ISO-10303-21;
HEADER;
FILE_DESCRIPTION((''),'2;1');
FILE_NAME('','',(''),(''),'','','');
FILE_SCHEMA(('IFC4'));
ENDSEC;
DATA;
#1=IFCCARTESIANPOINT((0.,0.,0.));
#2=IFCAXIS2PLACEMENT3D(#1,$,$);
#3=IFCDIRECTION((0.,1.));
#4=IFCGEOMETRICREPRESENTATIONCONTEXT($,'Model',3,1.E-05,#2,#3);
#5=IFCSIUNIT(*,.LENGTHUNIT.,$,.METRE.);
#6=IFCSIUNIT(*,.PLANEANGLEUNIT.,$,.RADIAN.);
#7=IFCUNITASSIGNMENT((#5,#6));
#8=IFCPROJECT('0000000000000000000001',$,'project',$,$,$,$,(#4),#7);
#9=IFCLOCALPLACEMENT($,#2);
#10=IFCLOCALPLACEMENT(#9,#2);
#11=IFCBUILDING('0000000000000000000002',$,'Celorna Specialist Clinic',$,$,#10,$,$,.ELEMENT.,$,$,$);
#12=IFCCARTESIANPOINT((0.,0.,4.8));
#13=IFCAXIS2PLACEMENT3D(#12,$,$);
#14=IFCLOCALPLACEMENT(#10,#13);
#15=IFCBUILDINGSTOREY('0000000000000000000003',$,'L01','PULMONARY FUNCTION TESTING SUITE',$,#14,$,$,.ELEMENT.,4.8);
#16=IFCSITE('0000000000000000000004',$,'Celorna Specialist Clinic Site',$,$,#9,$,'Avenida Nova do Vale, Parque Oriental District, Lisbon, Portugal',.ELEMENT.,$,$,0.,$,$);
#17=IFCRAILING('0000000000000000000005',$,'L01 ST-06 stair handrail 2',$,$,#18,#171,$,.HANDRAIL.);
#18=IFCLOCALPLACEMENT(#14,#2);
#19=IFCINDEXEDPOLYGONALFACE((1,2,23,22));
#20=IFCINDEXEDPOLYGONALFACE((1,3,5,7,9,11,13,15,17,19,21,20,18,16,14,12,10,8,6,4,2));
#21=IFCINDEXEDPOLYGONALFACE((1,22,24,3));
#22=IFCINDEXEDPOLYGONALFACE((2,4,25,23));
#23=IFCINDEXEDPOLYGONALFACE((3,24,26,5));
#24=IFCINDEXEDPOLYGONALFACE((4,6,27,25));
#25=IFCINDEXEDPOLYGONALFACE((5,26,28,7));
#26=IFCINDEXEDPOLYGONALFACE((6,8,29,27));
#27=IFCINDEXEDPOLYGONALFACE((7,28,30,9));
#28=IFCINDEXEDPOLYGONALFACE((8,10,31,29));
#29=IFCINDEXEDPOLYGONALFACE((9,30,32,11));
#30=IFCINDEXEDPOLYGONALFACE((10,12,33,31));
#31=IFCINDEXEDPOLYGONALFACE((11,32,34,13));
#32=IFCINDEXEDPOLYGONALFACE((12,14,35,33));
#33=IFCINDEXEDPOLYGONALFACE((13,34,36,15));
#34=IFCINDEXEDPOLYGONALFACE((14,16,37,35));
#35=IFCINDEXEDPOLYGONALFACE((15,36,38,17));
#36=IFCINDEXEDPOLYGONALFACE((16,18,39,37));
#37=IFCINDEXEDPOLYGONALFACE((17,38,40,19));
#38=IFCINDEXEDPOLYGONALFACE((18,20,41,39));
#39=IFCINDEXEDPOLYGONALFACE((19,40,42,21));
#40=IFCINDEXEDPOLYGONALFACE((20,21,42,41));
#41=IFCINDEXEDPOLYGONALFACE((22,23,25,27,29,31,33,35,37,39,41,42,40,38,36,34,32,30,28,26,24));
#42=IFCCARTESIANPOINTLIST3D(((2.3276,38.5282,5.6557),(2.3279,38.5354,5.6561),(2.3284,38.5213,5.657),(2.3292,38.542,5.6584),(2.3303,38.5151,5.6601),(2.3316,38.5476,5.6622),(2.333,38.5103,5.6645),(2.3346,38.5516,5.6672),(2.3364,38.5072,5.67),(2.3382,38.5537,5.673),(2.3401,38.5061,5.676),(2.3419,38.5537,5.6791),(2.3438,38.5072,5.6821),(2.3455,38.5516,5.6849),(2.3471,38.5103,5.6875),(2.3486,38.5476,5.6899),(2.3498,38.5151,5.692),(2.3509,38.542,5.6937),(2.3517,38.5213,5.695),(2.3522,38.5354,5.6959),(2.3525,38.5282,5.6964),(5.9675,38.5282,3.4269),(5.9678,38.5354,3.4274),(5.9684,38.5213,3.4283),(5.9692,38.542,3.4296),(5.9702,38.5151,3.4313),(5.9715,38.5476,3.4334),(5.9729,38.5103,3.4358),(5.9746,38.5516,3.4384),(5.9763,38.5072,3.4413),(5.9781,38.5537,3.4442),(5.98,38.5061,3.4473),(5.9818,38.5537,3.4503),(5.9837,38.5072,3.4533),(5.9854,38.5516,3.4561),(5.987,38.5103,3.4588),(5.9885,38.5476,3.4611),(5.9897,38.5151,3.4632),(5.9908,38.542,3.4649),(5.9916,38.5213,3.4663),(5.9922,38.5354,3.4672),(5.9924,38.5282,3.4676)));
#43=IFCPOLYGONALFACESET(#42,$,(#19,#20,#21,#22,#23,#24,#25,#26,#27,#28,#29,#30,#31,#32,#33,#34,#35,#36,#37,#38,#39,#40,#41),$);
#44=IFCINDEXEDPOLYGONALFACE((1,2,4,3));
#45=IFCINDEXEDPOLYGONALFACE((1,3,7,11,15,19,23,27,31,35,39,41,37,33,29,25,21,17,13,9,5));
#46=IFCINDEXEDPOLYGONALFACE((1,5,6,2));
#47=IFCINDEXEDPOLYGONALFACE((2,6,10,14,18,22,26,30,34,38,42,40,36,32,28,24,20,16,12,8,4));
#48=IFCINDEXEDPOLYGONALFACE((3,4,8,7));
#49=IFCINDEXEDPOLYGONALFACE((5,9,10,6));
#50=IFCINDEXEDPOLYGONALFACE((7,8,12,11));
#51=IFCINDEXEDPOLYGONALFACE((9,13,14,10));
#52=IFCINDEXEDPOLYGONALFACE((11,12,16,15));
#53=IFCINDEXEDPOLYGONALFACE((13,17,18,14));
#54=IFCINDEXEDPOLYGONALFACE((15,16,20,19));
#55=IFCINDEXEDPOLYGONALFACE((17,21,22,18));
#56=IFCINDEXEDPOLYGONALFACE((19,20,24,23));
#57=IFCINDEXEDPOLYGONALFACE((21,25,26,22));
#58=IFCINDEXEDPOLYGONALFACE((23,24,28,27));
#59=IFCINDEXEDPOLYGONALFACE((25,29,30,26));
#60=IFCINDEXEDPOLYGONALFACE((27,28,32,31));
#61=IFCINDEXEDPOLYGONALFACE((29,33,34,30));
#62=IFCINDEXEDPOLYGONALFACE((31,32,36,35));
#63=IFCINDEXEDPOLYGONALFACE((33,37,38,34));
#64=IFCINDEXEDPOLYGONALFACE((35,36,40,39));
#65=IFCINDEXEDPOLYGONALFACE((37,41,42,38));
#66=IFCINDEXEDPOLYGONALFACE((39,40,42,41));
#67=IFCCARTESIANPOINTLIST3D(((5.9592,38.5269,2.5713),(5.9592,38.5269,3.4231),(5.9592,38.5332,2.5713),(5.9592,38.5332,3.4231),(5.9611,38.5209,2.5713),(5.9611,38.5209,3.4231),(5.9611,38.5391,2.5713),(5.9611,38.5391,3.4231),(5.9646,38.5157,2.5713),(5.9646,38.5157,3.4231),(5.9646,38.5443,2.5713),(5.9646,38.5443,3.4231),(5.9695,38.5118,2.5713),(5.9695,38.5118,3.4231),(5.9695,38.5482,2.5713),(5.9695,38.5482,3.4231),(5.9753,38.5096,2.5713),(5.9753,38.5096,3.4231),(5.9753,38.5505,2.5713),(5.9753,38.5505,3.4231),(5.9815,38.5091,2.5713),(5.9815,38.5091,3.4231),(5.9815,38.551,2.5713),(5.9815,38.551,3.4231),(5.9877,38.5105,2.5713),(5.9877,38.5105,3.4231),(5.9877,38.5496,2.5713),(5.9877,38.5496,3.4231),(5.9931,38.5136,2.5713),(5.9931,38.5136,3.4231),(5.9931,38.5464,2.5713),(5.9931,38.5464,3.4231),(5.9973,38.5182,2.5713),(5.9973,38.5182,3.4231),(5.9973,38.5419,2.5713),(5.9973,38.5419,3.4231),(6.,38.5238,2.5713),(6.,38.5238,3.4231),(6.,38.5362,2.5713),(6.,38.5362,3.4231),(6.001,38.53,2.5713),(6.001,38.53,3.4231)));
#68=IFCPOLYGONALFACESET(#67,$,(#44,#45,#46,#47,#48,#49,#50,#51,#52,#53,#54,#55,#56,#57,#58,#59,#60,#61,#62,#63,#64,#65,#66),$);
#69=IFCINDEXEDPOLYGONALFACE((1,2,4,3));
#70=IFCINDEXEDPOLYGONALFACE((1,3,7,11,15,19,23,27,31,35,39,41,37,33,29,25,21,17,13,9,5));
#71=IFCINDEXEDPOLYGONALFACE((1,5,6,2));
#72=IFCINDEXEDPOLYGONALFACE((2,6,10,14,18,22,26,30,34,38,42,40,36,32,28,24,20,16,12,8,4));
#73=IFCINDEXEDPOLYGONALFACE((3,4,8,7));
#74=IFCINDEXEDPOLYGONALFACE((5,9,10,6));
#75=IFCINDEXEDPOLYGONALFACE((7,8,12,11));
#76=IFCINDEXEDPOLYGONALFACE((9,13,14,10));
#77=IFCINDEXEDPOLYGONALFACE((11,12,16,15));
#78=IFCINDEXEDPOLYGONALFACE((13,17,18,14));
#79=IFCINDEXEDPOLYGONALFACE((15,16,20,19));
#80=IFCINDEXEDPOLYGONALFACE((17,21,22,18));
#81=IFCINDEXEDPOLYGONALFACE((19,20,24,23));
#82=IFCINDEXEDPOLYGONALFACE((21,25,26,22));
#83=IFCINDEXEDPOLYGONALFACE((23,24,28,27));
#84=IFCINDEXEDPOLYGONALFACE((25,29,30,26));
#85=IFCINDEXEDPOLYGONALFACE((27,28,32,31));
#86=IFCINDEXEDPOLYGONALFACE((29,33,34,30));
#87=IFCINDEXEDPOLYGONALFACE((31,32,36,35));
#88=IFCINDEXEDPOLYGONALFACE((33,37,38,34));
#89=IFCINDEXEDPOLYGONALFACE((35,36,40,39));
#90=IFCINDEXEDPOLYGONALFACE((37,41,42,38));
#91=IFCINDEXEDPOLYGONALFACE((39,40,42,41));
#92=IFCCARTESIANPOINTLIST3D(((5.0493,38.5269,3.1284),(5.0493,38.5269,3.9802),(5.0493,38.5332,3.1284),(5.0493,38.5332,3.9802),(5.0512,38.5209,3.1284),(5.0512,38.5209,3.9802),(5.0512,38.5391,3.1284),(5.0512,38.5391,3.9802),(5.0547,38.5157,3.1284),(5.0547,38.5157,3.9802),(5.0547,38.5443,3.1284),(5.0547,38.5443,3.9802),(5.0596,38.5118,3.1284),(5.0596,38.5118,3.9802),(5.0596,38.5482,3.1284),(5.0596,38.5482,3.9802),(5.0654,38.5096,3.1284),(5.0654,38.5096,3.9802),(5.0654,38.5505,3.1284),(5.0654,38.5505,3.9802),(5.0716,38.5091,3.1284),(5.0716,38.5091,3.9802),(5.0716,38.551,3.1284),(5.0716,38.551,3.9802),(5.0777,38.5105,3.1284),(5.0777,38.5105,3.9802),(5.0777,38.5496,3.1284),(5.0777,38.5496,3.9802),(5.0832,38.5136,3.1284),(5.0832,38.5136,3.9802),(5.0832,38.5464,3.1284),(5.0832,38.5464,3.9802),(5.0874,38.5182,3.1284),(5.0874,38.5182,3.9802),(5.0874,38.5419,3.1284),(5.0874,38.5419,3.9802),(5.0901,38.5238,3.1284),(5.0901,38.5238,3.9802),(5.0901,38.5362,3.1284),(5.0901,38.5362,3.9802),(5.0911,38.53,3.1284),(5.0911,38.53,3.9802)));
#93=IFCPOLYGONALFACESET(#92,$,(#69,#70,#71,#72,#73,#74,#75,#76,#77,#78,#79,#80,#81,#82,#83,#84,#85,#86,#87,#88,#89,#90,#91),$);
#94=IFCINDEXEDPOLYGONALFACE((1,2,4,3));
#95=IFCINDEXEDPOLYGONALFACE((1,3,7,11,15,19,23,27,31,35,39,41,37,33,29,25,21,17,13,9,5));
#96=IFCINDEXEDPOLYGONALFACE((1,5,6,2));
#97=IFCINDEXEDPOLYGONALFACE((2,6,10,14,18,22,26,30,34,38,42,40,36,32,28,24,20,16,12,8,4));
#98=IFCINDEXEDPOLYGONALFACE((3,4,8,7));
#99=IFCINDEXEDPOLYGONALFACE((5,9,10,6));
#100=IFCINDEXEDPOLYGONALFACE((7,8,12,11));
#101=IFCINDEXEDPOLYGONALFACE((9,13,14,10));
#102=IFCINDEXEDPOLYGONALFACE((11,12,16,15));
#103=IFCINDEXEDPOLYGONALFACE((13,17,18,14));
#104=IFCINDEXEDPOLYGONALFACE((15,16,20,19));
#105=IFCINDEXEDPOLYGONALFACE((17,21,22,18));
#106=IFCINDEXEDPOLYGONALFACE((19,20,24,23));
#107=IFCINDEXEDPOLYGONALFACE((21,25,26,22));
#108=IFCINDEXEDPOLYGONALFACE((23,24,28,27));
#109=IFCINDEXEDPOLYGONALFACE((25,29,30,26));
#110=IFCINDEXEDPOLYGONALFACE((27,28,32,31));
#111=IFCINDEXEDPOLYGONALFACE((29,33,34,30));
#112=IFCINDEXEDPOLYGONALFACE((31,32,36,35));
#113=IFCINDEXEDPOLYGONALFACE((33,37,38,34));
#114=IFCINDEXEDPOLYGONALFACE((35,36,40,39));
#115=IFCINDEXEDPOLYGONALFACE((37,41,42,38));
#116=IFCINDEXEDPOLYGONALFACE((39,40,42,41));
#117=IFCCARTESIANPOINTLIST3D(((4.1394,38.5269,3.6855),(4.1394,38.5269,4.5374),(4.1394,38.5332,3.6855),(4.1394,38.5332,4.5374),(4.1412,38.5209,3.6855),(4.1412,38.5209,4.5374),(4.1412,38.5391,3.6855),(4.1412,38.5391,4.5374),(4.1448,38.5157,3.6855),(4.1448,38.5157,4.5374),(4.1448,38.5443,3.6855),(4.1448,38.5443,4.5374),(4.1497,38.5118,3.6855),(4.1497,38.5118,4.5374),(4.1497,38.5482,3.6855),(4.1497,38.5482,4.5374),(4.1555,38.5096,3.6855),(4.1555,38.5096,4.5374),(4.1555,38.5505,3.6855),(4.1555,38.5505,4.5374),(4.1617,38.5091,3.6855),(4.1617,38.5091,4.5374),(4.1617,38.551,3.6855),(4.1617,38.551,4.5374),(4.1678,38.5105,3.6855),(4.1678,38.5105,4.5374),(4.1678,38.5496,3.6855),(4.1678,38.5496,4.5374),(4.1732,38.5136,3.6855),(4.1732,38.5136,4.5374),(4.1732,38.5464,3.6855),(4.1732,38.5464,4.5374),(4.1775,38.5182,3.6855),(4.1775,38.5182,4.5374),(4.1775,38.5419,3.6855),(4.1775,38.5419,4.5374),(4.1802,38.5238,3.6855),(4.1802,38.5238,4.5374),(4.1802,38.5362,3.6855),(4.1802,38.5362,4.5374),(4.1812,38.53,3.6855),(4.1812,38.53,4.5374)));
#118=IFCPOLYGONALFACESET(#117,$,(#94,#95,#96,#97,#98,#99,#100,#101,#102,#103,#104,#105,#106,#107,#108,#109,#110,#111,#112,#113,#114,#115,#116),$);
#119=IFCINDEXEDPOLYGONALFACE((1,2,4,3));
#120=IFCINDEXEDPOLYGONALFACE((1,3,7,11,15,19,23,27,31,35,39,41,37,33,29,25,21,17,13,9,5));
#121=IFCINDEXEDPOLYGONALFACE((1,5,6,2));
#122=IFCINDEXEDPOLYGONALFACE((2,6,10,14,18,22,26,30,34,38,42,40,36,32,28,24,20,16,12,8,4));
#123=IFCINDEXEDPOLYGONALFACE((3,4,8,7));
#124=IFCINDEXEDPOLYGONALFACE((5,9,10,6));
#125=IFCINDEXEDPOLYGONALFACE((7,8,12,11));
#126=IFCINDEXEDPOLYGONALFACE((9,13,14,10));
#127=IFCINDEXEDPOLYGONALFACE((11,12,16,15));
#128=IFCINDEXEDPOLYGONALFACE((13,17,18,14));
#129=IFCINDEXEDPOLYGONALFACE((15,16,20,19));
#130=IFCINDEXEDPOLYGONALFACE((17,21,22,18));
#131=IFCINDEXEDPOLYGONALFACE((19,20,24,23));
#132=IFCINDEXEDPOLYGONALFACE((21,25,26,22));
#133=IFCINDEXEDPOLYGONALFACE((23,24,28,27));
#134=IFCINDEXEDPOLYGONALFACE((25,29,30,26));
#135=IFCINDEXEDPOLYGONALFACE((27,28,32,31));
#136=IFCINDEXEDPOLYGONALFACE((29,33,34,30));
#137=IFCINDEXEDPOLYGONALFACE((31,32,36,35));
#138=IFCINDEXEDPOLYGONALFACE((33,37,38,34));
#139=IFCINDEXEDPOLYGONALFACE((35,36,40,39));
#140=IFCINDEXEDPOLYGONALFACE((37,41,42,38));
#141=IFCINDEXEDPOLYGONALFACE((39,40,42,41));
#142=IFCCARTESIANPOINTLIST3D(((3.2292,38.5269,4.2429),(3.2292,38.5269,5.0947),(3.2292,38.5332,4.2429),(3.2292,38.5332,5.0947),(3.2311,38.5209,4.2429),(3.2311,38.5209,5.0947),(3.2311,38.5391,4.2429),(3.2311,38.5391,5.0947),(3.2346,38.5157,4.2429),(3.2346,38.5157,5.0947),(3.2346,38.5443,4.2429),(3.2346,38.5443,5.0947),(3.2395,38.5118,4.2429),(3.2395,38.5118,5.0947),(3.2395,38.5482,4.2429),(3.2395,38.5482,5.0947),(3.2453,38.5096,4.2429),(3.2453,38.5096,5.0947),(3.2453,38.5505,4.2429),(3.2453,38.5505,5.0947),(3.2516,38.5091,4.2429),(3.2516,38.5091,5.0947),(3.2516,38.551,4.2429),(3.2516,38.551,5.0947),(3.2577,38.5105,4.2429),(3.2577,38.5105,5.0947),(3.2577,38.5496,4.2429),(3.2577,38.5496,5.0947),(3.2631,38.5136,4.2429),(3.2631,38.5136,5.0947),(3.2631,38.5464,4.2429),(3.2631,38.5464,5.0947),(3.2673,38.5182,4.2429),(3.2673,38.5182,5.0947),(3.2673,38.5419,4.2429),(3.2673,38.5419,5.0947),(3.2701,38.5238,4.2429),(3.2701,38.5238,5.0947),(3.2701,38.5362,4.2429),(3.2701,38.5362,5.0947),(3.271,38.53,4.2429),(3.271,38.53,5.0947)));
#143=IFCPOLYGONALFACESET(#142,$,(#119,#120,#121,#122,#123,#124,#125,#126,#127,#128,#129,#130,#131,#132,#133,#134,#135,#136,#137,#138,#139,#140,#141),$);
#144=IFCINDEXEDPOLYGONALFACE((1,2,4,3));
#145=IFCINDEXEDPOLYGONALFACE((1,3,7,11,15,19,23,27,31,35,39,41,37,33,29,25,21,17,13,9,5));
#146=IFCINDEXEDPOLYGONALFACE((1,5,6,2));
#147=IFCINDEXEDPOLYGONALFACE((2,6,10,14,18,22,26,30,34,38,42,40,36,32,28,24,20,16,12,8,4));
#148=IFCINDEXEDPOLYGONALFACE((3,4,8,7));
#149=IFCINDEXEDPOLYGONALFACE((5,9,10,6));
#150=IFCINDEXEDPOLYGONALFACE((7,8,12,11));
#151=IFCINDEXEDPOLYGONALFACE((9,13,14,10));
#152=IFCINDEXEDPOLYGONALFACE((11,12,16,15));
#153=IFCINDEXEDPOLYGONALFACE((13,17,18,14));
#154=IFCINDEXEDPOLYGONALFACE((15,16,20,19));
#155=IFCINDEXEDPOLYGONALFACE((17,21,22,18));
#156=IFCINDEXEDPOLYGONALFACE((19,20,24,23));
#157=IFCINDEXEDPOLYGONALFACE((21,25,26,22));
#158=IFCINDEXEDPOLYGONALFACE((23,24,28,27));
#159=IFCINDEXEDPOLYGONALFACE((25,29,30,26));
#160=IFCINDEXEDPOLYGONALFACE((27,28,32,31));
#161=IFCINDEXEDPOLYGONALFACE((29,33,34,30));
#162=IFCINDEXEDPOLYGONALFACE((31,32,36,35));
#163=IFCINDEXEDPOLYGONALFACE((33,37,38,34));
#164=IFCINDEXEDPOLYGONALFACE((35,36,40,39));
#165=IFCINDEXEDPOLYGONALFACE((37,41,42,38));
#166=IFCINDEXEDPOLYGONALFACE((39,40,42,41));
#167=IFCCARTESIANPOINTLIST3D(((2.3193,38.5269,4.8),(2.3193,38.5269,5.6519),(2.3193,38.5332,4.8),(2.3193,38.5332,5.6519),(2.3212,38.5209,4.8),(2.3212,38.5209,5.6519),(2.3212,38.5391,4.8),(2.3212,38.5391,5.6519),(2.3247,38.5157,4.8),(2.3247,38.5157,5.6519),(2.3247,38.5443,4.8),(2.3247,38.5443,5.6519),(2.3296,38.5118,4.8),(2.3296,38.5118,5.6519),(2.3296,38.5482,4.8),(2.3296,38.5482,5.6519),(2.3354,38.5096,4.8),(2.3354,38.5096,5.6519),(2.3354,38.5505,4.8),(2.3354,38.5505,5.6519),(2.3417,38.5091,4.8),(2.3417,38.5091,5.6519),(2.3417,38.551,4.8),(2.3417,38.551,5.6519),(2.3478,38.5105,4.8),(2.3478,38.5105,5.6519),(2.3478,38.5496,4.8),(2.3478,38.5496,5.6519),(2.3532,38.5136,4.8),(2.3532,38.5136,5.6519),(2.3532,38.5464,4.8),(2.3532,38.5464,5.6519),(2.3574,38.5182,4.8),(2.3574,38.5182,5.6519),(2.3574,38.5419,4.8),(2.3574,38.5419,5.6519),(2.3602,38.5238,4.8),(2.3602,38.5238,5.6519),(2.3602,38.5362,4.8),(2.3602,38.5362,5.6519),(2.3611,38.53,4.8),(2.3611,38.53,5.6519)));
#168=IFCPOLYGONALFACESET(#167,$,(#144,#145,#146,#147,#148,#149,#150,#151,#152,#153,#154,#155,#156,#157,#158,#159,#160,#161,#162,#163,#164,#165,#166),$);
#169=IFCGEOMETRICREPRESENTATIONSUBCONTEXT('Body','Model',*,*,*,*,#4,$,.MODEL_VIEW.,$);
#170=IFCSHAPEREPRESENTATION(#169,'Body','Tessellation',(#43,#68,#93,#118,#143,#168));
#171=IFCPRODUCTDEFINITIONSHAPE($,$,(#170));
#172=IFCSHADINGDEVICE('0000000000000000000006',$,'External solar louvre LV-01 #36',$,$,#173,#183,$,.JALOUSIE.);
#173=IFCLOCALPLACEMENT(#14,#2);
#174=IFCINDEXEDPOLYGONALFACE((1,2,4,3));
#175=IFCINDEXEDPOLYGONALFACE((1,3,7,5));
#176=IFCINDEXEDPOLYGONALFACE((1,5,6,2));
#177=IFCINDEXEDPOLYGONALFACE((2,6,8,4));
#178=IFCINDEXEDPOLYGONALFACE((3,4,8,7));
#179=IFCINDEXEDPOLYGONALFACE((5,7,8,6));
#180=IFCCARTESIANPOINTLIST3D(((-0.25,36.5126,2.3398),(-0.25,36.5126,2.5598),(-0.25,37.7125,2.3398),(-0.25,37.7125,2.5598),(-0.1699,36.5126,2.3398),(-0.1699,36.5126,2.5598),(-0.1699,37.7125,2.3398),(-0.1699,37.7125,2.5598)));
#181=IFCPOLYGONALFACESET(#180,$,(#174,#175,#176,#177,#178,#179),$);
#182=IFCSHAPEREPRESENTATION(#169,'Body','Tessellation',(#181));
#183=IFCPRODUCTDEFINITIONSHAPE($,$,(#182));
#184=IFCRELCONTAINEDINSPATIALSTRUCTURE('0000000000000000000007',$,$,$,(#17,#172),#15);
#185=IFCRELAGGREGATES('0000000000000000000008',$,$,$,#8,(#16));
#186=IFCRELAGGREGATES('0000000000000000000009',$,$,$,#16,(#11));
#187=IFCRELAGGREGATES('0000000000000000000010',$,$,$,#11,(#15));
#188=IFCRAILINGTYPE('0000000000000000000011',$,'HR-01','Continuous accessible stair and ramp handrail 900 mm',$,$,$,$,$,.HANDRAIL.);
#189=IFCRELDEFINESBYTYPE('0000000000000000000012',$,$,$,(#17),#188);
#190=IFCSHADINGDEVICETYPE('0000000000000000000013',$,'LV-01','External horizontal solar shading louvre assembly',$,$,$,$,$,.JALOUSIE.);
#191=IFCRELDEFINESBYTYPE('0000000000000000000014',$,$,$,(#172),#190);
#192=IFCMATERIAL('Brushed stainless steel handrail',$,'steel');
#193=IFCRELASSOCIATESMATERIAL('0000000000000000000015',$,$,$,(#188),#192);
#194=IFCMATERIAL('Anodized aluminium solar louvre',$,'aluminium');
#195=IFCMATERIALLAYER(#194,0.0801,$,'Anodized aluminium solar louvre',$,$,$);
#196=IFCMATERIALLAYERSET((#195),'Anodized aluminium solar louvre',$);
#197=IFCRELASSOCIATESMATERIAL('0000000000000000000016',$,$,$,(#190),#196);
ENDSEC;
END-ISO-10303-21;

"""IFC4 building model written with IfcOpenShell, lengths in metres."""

from ifc_helpers import new_model, si_unit, direction, frame, origin, origin_2d, place, context, subcontext, project, spatial, rectangle, circle, extrude, material, layer, layer_set, type_object, element, save


model = new_model("IFC4")

# Units and contexts
model_context = context("Model", 3, precision=1e-05, world=origin(), true_north=direction((0.0, 1.0)))
body_context = subcontext(model_context, "Body", "Model", "MODEL_VIEW")
ifc_project = project(units=[si_unit("LENGTHUNIT", "METRE"), si_unit("PLANEANGLEUNIT", "RADIAN")], contexts=[model_context])

# Site, building, storey
site_placement = place(None, origin())
site = spatial("IfcSite", under=ifc_project, at=site_placement, Name="Celorna Specialist Clinic Site", LongName="Avenida Nova do Vale, Parque Oriental District, Lisbon, Portugal", CompositionType="ELEMENT", RefElevation=0.0)
building_placement = place(site_placement, origin())
building = spatial("IfcBuilding", under=site, at=building_placement, Name="Celorna Specialist Clinic", CompositionType="ELEMENT")
storey_placement = place(building_placement, frame((0.0, 0.0, 4.8)))
storey = spatial("IfcBuildingStorey", under=building, at=storey_placement, Name="L01", Description="PULMONARY FUNCTION TESTING SUITE", CompositionType="ELEMENT", Elevation=4.8)

# Railing
ifc_material_1 = material(Name="Brushed stainless steel handrail", Category="steel")
railing_type_1 = type_object("IfcRailingType", Name="HR-01", Description="Continuous accessible stair and ramp handrail 900 mm", PredefinedType="HANDRAIL", material=ifc_material_1)
railing_1_placement = place(storey_placement, frame((5.98, 38.53, 2.5713)))
element("IfcRailing", 1, at=railing_1_placement, inside=storey, type_object=railing_type_1, Name="L01 ST-06 stair handrail 2", PredefinedType="HANDRAIL", context=body_context, shape_type="SweptSolid", body=[
    extrude(circle(Radius=0.0239, at=origin_2d()), frame((0.0, 0.0, 0.876), z_axis=(-0.852825, 0.0, 0.522197), x_axis=(0.0, -1.0, 0.0)), (0.0, 0.0, 1.0), 4.2681),
    extrude(circle(Radius=0.021, at=origin_2d()), origin(), (0.0, 0.0, 1.0), 0.8518),
    extrude(circle(Radius=0.021, at=origin_2d()), frame((-0.9099, 0.0, 0.5571)), (0.0, 0.0, 1.0), 0.8518),
    extrude(circle(Radius=0.021, at=origin_2d()), frame((-1.8198, 0.0, 1.1143)), (0.0, 0.0, 1.0), 0.8518),
    extrude(circle(Radius=0.021, at=origin_2d()), frame((-2.73, 0.0, 1.6716)), (0.0, 0.0, 1.0), 0.8518),
    extrude(circle(Radius=0.021, at=origin_2d()), frame((-3.6399, 0.0, 2.2288)), (0.0, 0.0, 1.0), 0.8518),
])

# Shading device
ifc_material_2 = material(Name="Anodized aluminium solar louvre", Category="aluminium")
ifc_layer_1 = layer(ifc_material_2, 0.0801, Name="Anodized aluminium solar louvre")
ifc_layer_set_1 = layer_set([ifc_layer_1], Name="Anodized aluminium solar louvre")
shading_device_type = type_object("IfcShadingDeviceType", Name="LV-01", Description="External horizontal solar shading louvre assembly", PredefinedType="JALOUSIE", material=ifc_layer_set_1)
shading_device_placement = place(storey_placement, frame((-0.21, 37.1125, 2.3398), z_axis=(0.0, 0.0, 1.0), x_axis=(0.0, 1.0, 0.0)))
element("IfcShadingDevice", 2, at=shading_device_placement, inside=storey, type_object=shading_device_type, Name="External solar louvre LV-01 #36", PredefinedType="JALOUSIE", context=body_context, shape_type="SweptSolid", body=[
    extrude(rectangle(XDim=1.2, YDim=0.0801, at=origin_2d()), origin(), (0.0, 0.0, 1.0), 0.22),
])

save(model, "model.ifc")
